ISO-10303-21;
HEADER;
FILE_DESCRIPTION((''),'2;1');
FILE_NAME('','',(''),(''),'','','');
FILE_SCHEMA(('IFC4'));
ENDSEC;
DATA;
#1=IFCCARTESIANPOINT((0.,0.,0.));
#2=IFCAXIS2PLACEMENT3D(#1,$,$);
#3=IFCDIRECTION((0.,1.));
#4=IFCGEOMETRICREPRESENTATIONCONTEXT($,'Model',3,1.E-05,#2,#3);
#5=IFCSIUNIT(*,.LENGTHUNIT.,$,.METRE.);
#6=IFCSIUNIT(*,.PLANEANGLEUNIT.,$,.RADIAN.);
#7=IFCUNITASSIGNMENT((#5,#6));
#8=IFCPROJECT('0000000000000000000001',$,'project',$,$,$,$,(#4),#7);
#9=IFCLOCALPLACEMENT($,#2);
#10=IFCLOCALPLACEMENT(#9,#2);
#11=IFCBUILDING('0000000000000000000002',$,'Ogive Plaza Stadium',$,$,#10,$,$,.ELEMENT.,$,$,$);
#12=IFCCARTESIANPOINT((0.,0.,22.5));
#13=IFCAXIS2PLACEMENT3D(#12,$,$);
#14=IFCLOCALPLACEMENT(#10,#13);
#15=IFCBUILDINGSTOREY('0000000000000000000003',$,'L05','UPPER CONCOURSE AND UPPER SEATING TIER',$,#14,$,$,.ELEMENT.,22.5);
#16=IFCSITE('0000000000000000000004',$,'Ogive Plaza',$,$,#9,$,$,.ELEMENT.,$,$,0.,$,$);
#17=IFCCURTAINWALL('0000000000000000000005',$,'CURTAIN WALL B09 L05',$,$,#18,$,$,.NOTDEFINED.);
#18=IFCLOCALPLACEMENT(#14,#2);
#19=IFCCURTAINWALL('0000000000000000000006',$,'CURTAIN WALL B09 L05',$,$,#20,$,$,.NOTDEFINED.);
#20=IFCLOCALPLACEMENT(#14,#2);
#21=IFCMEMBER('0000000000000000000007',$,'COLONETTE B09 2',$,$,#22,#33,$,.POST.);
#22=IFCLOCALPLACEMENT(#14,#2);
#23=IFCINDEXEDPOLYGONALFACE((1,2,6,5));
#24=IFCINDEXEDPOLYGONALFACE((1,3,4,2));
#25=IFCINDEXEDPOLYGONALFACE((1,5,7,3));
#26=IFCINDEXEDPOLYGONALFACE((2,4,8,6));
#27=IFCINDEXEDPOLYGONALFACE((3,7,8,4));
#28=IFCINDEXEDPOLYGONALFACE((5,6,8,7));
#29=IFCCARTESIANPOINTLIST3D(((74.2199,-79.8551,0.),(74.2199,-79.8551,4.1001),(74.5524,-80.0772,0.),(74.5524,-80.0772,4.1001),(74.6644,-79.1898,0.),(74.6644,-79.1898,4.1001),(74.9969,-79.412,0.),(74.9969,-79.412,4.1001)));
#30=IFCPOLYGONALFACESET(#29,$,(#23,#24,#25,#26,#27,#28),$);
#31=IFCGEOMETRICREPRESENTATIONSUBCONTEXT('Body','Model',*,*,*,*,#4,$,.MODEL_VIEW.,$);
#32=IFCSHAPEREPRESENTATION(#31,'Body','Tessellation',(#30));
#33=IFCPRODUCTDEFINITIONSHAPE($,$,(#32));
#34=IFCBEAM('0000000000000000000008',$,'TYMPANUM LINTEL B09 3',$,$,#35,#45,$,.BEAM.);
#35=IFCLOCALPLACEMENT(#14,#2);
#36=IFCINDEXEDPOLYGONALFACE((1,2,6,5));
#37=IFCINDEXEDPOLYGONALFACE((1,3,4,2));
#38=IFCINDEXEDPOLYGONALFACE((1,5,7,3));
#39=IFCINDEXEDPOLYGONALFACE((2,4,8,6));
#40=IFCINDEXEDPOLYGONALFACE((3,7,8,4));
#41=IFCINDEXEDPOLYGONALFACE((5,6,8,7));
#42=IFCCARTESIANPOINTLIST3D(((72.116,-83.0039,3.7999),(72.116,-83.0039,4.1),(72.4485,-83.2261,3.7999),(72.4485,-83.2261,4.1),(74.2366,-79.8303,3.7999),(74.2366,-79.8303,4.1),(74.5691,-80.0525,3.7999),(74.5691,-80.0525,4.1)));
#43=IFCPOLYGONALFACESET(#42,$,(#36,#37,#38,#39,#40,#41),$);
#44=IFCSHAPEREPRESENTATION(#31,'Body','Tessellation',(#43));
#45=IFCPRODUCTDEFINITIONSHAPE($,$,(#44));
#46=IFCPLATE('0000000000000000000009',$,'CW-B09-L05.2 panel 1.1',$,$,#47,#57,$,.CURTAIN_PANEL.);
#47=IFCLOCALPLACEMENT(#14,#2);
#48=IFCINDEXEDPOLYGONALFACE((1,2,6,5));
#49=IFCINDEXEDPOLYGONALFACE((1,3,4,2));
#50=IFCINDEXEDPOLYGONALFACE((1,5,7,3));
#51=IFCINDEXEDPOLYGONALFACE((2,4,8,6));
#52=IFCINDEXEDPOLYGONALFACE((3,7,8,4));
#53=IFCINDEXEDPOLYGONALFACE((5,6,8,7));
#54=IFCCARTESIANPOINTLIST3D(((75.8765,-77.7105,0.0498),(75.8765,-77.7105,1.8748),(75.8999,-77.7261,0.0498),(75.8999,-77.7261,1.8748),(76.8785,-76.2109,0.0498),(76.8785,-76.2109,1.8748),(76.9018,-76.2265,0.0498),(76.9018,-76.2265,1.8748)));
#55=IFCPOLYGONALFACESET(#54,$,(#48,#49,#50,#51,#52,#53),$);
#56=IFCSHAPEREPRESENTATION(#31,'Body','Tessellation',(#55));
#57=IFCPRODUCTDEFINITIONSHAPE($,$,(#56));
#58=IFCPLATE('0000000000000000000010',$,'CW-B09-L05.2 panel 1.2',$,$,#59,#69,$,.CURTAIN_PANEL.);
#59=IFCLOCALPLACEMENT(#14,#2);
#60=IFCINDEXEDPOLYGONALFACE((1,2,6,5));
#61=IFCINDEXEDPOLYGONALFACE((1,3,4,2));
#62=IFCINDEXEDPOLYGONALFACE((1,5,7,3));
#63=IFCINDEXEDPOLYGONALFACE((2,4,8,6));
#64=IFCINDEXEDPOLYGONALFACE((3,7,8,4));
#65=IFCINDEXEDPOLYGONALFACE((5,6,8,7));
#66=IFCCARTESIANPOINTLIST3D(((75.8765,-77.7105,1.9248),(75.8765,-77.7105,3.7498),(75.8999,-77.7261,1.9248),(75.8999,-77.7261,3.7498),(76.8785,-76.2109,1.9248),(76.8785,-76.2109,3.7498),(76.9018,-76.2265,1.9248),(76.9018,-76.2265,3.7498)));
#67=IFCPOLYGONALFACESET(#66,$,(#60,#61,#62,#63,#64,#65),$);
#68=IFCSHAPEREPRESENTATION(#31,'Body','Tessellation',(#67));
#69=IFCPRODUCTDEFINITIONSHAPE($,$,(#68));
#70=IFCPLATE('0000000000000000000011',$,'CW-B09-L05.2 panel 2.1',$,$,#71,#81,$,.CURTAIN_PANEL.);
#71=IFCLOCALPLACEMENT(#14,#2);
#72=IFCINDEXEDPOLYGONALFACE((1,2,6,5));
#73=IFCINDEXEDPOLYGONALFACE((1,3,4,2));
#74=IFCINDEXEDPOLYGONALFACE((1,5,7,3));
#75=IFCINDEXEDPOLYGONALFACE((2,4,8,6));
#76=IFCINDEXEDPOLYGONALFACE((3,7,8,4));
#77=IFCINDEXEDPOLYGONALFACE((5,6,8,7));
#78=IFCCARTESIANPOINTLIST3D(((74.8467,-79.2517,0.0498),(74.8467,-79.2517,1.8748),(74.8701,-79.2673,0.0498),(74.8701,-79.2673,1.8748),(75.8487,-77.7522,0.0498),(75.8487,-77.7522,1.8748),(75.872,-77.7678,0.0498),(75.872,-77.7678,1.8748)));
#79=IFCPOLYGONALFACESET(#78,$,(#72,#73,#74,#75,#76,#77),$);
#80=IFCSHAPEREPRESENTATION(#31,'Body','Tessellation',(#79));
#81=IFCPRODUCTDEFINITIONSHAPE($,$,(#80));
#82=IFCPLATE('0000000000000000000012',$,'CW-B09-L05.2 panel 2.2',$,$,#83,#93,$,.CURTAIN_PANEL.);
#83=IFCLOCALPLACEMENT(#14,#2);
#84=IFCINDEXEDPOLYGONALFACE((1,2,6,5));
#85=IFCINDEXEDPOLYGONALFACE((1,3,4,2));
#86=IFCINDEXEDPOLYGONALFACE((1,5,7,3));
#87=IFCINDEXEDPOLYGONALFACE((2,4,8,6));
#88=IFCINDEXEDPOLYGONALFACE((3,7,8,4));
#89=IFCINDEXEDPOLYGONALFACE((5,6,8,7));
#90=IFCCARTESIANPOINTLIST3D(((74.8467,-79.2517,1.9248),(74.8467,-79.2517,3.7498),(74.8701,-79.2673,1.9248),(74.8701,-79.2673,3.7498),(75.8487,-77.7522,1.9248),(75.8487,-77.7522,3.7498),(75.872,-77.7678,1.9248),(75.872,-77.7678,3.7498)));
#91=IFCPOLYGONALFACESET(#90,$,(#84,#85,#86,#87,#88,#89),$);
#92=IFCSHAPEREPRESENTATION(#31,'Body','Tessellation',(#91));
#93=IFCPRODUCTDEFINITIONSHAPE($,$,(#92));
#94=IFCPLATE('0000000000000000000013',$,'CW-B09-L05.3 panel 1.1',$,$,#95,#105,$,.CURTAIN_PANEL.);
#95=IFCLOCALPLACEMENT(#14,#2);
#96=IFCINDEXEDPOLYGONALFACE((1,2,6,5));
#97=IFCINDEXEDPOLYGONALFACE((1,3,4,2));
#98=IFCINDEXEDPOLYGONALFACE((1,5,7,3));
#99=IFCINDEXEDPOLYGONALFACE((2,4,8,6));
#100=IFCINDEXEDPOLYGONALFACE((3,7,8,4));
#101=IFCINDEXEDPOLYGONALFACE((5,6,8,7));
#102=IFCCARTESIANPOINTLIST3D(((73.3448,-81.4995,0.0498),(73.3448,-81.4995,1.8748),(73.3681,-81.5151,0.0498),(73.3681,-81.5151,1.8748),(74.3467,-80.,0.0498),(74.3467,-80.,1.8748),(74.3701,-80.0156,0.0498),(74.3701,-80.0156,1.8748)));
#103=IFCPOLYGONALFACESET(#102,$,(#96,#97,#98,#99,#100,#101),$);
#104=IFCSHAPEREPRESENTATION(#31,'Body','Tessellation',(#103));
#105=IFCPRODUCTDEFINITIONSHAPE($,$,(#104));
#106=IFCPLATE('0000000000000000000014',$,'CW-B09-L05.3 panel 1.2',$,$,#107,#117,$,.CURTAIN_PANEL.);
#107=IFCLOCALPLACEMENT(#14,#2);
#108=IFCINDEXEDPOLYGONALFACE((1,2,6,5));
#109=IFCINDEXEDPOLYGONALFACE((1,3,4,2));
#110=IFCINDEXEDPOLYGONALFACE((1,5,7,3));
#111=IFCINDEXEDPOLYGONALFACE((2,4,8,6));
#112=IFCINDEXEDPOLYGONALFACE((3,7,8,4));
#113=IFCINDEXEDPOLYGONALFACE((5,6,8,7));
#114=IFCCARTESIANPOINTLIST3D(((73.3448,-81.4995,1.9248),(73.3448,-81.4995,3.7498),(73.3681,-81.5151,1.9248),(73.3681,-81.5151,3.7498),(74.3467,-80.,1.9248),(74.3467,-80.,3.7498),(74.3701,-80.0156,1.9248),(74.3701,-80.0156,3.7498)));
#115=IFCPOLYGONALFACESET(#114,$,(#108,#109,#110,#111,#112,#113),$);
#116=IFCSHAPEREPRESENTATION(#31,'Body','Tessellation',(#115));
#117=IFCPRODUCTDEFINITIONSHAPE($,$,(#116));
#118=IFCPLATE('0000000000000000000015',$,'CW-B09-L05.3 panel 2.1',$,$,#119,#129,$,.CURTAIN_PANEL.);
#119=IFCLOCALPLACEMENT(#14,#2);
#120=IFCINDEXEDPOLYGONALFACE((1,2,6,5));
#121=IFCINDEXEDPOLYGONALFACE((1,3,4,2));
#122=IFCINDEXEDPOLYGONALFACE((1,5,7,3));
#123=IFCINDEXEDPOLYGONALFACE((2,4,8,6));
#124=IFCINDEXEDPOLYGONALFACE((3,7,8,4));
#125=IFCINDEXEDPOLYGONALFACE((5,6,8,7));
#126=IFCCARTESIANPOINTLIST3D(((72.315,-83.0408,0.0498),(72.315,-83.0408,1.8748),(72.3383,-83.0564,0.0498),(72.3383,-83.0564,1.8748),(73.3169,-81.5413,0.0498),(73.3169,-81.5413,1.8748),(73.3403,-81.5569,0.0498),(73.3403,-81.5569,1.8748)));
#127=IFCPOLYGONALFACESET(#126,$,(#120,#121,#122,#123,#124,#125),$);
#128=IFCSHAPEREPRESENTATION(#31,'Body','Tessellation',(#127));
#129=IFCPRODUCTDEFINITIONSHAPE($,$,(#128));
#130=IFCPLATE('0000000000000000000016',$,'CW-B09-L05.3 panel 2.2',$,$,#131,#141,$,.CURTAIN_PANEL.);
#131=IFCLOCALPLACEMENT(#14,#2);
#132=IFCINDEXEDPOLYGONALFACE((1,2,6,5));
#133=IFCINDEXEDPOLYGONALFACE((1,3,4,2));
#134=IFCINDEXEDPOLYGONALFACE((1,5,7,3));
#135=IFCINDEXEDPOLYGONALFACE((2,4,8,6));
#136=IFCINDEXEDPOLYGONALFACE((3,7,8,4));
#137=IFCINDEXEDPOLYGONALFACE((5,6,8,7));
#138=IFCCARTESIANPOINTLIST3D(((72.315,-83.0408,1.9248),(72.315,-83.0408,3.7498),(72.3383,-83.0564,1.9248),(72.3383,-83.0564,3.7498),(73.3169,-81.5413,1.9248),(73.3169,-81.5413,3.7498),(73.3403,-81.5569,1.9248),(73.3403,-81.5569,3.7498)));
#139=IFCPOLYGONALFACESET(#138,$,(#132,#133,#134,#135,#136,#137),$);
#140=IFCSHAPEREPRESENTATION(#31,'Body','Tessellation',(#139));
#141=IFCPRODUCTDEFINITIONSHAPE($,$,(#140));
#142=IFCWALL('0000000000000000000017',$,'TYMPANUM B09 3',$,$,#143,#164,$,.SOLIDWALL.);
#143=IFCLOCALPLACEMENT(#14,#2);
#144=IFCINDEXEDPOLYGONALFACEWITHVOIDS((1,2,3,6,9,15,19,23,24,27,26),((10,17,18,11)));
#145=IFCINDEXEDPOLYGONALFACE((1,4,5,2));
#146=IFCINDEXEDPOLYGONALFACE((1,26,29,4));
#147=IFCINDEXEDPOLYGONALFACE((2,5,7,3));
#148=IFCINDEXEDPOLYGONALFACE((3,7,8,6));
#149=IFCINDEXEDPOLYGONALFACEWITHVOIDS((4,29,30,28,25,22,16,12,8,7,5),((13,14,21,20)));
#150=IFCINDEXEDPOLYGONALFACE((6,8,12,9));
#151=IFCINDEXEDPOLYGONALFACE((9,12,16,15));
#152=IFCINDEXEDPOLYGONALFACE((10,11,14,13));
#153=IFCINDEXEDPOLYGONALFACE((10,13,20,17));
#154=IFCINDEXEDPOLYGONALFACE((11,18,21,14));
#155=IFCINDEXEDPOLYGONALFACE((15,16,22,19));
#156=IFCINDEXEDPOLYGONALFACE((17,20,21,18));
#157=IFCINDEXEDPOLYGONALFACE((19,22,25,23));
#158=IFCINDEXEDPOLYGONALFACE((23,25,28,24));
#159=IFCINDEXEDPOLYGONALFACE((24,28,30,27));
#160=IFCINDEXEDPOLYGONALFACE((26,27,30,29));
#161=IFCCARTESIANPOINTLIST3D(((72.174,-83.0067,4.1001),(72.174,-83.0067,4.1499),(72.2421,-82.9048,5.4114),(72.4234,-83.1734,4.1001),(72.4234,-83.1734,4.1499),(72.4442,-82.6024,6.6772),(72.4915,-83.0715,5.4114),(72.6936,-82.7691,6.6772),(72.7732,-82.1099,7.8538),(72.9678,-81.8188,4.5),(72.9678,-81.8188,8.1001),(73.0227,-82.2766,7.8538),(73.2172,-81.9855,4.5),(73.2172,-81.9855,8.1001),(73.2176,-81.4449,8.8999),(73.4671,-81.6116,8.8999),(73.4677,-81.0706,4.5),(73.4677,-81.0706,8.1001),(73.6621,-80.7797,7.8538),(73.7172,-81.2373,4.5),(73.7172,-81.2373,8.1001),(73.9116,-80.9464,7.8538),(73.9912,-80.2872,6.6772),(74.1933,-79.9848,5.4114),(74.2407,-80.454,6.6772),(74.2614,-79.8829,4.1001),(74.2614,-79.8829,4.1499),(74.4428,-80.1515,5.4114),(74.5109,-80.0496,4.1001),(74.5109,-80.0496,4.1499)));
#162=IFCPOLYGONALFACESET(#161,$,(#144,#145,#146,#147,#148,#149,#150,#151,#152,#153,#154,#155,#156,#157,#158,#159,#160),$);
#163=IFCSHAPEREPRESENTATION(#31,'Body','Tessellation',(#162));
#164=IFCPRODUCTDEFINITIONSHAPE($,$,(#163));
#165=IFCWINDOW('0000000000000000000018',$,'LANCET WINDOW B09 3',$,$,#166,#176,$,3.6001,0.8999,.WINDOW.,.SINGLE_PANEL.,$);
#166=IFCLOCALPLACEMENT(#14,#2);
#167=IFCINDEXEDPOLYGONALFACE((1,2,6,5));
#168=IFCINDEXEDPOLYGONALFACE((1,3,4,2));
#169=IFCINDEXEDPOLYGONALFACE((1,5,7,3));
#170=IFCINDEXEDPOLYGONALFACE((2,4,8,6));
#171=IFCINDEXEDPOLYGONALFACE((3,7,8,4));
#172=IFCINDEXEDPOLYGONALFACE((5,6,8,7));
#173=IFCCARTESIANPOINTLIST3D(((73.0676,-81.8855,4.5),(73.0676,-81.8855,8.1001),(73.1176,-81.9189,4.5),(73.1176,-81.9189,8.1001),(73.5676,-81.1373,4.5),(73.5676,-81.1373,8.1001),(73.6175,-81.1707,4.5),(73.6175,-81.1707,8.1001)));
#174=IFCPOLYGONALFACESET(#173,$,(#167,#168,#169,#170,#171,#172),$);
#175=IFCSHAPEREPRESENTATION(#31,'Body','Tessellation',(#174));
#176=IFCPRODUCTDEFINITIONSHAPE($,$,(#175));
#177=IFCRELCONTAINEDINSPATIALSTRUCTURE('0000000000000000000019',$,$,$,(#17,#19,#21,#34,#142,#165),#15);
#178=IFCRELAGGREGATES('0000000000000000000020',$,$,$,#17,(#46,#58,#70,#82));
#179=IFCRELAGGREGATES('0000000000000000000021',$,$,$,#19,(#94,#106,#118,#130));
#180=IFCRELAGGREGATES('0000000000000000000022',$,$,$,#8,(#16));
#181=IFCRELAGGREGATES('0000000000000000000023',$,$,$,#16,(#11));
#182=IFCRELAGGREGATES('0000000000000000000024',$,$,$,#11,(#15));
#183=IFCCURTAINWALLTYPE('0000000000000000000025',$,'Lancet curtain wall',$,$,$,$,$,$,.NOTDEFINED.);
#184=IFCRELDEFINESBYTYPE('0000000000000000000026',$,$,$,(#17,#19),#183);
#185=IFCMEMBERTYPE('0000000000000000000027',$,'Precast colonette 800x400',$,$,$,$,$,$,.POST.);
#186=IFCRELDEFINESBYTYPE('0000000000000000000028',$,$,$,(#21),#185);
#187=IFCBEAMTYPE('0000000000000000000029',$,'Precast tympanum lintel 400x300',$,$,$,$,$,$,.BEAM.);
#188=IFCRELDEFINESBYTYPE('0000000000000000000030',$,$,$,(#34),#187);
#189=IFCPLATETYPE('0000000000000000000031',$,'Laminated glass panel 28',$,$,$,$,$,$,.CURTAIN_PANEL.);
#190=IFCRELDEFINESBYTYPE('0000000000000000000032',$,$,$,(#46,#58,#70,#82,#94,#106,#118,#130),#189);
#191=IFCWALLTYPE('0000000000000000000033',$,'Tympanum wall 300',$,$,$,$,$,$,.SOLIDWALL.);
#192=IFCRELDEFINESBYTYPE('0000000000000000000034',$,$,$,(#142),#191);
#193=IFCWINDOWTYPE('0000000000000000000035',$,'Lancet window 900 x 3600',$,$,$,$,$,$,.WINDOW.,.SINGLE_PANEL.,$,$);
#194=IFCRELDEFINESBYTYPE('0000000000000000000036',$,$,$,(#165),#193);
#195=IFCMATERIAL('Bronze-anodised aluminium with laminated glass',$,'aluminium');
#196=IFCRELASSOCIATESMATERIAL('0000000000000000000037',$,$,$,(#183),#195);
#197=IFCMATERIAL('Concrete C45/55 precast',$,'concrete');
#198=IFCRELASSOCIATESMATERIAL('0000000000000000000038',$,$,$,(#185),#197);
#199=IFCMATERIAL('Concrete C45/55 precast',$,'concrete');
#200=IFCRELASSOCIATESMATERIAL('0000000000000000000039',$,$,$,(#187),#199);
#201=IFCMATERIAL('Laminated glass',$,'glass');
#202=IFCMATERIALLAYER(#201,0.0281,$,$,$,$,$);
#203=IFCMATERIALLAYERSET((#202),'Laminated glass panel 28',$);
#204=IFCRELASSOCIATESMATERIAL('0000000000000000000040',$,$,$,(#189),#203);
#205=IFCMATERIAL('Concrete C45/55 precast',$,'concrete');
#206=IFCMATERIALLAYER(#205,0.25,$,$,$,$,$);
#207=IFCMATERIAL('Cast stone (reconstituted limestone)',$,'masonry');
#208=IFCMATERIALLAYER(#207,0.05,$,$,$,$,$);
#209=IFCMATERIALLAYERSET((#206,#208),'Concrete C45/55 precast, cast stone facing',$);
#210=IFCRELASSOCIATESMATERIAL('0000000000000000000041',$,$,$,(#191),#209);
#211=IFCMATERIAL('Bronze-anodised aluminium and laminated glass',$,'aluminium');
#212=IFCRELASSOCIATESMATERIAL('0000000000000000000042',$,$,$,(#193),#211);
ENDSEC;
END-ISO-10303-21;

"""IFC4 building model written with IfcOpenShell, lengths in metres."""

from ifc_helpers import new_model, si_unit, direction, frame, frame_2d, origin, origin_2d, place, context, subcontext, project, spatial, polyline, rectangle, outline, extrude, material, layer, layer_set, material_profile, profile_set, type_object, element, fill, aggregate, save


model = new_model("IFC4")

# Units and contexts
model_context = context("Model", 3, precision=1e-05, world=origin(), true_north=direction((0.0, 1.0)))
body_context = subcontext(model_context, "Body", "Model", "MODEL_VIEW")
ifc_project = project(units=[si_unit("LENGTHUNIT", "METRE"), si_unit("PLANEANGLEUNIT", "RADIAN")], contexts=[model_context])

# Site, building, storey
site_placement = place(None, origin())
site = spatial("IfcSite", under=ifc_project, at=site_placement, Name="Ogive Plaza", CompositionType="ELEMENT", RefElevation=0.0)
building_placement = place(site_placement, origin())
building = spatial("IfcBuilding", under=site, at=building_placement, Name="Ogive Plaza Stadium", CompositionType="ELEMENT")
storey_placement = place(building_placement, frame((0.0, 0.0, 22.5)))
storey = spatial("IfcBuildingStorey", under=building, at=storey_placement, Name="L05", Description="UPPER CONCOURSE AND UPPER SEATING TIER", CompositionType="ELEMENT", Elevation=22.5)

# Curtain walls
ifc_material_1 = material(Name="Bronze-anodised aluminium with laminated glass", Category="aluminium")
curtain_wall_type = type_object("IfcCurtainWallType", Name="Lancet curtain wall", PredefinedType="NOTDEFINED", material=ifc_material_1)
curtain_wall_1_placement = place(storey_placement, origin())
curtain_wall_1 = element("IfcCurtainWall", 1, at=curtain_wall_1_placement, inside=storey, type_object=curtain_wall_type, Name="CURTAIN WALL B09 L05", PredefinedType="NOTDEFINED")
curtain_wall_2_placement = place(storey_placement, origin())
curtain_wall_2 = element("IfcCurtainWall", 2, at=curtain_wall_2_placement, inside=storey, type_object=curtain_wall_type, Name="CURTAIN WALL B09 L05", PredefinedType="NOTDEFINED")

# Member
ifc_material_2 = material(Name="Concrete C45/55 precast", Category="concrete")
ifc_material_profile_1 = material_profile(ifc_material_2, rectangle(XDim=0.3999, YDim=0.8, at=origin_2d()), Name="RC 400x800")
ifc_profile_set_1 = profile_set([ifc_material_profile_1], Name="Concrete C45/55 precast")
member_type_1 = type_object("IfcMemberType", Name="Precast colonette 800x400", PredefinedType="POST", material=ifc_profile_set_1)
member_1_placement = place(storey_placement, frame((74.6084, -79.6335, 0.0), z_axis=(0.0, 0.0, 1.0), x_axis=(0.83147, -0.55557, 0.0)))
element("IfcMember", 3, at=member_1_placement, inside=storey, type_object=member_type_1, Name="COLONETTE B09 2", PredefinedType="POST", context=body_context, shape_type="SweptSolid", body=[
    extrude(rectangle(XDim=0.3999, YDim=0.8, at=origin_2d()), origin(), (0.0, 0.0, 1.0), 4.1001),
])

# Beam
ifc_material_3 = material(Name="Concrete C45/55 precast", Category="concrete")
ifc_material_profile_2 = material_profile(ifc_material_3, rectangle(XDim=0.3999, YDim=0.3, at=origin_2d()), Name="RC 400x300")
ifc_profile_set_2 = profile_set([ifc_material_profile_2], Name="Concrete C45/55 precast")
beam_type = type_object("IfcBeamType", Name="Precast tympanum lintel 400x300", PredefinedType="BEAM", material=ifc_profile_set_2)
beam_placement = place(storey_placement, frame((74.4028, -79.9414, 3.95), z_axis=(-0.555586, -0.831459, 0.0), x_axis=(0.831459, -0.555586, 0.0)))
element("IfcBeam", 4, at=beam_placement, inside=storey, type_object=beam_type, Name="TYMPANUM LINTEL B09 3", PredefinedType="BEAM", context=body_context, shape_type="SweptSolid", body=[
    extrude(rectangle(XDim=0.3999, YDim=0.3, at=origin_2d()), origin(), (0.0, 0.0, 1.0), 3.8169),
])

# Plates
ifc_material_4 = material(Name="Laminated glass", Category="glass")
ifc_layer_1 = layer(ifc_material_4, 0.0281)
ifc_layer_set_1 = layer_set([ifc_layer_1], Name="Laminated glass panel 28")
plate_type = type_object("IfcPlateType", Name="Laminated glass panel 28", PredefinedType="CURTAIN_PANEL", material=ifc_layer_set_1)
plate_1_placement = place(storey_placement, frame((76.3892, -76.9685, 0.0498), z_axis=(0.0, 0.0, 1.0), x_axis=(-0.55557, -0.83147, 0.0)))
plate_1 = element("IfcPlate", 5, at=plate_1_placement, type_object=plate_type, Name="CW-B09-L05.2 panel 1.1", PredefinedType="CURTAIN_PANEL", context=body_context, shape_type="SweptSolid", body=[
    extrude(rectangle(XDim=1.8035, YDim=0.0281, at=origin_2d()), origin(), (0.0, 0.0, 1.0), 1.825),
])
plate_2_placement = place(storey_placement, frame((76.3892, -76.9685, 1.9248), z_axis=(0.0, 0.0, 1.0), x_axis=(-0.55557, -0.83147, 0.0)))
plate_2 = element("IfcPlate", 6, at=plate_2_placement, type_object=plate_type, Name="CW-B09-L05.2 panel 1.2", PredefinedType="CURTAIN_PANEL", context=body_context, shape_type="SweptSolid", body=[
    extrude(rectangle(XDim=1.8035, YDim=0.0281, at=origin_2d()), origin(), (0.0, 0.0, 1.0), 1.825),
])
plate_3_placement = place(storey_placement, frame((75.3594, -78.5098, 0.0498), z_axis=(0.0, 0.0, 1.0), x_axis=(-0.55557, -0.83147, 0.0)))
plate_3 = element("IfcPlate", 7, at=plate_3_placement, type_object=plate_type, Name="CW-B09-L05.2 panel 2.1", PredefinedType="CURTAIN_PANEL", context=body_context, shape_type="SweptSolid", body=[
    extrude(rectangle(XDim=1.8035, YDim=0.0281, at=origin_2d()), origin(), (0.0, 0.0, 1.0), 1.825),
])
plate_4_placement = place(storey_placement, frame((75.3594, -78.5098, 1.9248), z_axis=(0.0, 0.0, 1.0), x_axis=(-0.55557, -0.83147, 0.0)))
plate_4 = element("IfcPlate", 8, at=plate_4_placement, type_object=plate_type, Name="CW-B09-L05.2 panel 2.2", PredefinedType="CURTAIN_PANEL", context=body_context, shape_type="SweptSolid", body=[
    extrude(rectangle(XDim=1.8035, YDim=0.0281, at=origin_2d()), origin(), (0.0, 0.0, 1.0), 1.825),
])
aggregate(curtain_wall_1, [plate_1, plate_2, plate_3, plate_4])
plate_5_placement = place(storey_placement, frame((73.8574, -80.7576, 0.0498), z_axis=(0.0, 0.0, 1.0), x_axis=(-0.55557, -0.83147, 0.0)))
plate_5 = element("IfcPlate", 9, at=plate_5_placement, type_object=plate_type, Name="CW-B09-L05.3 panel 1.1", PredefinedType="CURTAIN_PANEL", context=body_context, shape_type="SweptSolid", body=[
    extrude(rectangle(XDim=1.8035, YDim=0.0281, at=origin_2d()), origin(), (0.0, 0.0, 1.0), 1.825),
])
plate_6_placement = place(storey_placement, frame((73.8574, -80.7576, 1.9248), z_axis=(0.0, 0.0, 1.0), x_axis=(-0.55557, -0.83147, 0.0)))
plate_6 = element("IfcPlate", 10, at=plate_6_placement, type_object=plate_type, Name="CW-B09-L05.3 panel 1.2", PredefinedType="CURTAIN_PANEL", context=body_context, shape_type="SweptSolid", body=[
    extrude(rectangle(XDim=1.8035, YDim=0.0281, at=origin_2d()), origin(), (0.0, 0.0, 1.0), 1.825),
])
plate_7_placement = place(storey_placement, frame((72.8276, -82.2988, 0.0498), z_axis=(0.0, 0.0, 1.0), x_axis=(-0.55557, -0.83147, 0.0)))
plate_7 = element("IfcPlate", 11, at=plate_7_placement, type_object=plate_type, Name="CW-B09-L05.3 panel 2.1", PredefinedType="CURTAIN_PANEL", context=body_context, shape_type="SweptSolid", body=[
    extrude(rectangle(XDim=1.8035, YDim=0.0281, at=origin_2d()), origin(), (0.0, 0.0, 1.0), 1.825),
])
plate_8_placement = place(storey_placement, frame((72.8276, -82.2988, 1.9248), z_axis=(0.0, 0.0, 1.0), x_axis=(-0.55557, -0.83147, 0.0)))
plate_8 = element("IfcPlate", 12, at=plate_8_placement, type_object=plate_type, Name="CW-B09-L05.3 panel 2.2", PredefinedType="CURTAIN_PANEL", context=body_context, shape_type="SweptSolid", body=[
    extrude(rectangle(XDim=1.8035, YDim=0.0281, at=origin_2d()), origin(), (0.0, 0.0, 1.0), 1.825),
])
aggregate(curtain_wall_2, [plate_5, plate_6, plate_7, plate_8])

# Wall, opening, window
ifc_material_5 = material(Name="Concrete C45/55 precast", Category="concrete")
ifc_layer_2 = layer(ifc_material_5, 0.25)
ifc_material_6 = material(Name="Cast stone (reconstituted limestone)", Category="masonry")
ifc_layer_3 = layer(ifc_material_6, 0.05)
ifc_layer_set_2 = layer_set([ifc_layer_2, ifc_layer_3], Name="Concrete C45/55 precast, cast stone facing")
wall_type = type_object("IfcWallType", Name="Tympanum wall 300", PredefinedType="SOLIDWALL", material=ifc_layer_set_2)
wall_placement = place(storey_placement, frame((74.3862, -79.9663, 4.1001), z_axis=(0.0, 0.0, 1.0), x_axis=(-0.5556, -0.83145, 0.0)))
wall = element("IfcWall", 13, at=wall_placement, inside=storey, type_object=wall_type, Name="TYMPANUM B09 3", PredefinedType="SOLIDWALL", context=body_context, shape_type="SweptSolid", body=[
    extrude(outline(polyline([(0.0, 0.0), (3.7571, 0.0), (3.7571, 0.0498), (3.6345, 1.3113), (3.2708, 2.5771), (2.6785, 3.7537), (1.8787, 4.7998), (1.0786, 3.7537), (0.4863, 2.5771), (0.1226, 1.3113), (0.0, 0.0498), (0.0, 0.0)])), frame((0.0, 0.1499, 0.0), z_axis=(0.0, -1.0, 0.0), x_axis=(1.0, 0.0, 0.0)), (0.0, 0.0, 1.0), 0.3),
])
opening_placement = place(wall_placement, frame((1.4285, 0.0, 0.3999)))
opening = element("IfcOpeningElement", 14, at=opening_placement, cuts=wall, PredefinedType="OPENING", context=body_context, shape_type="SweptSolid", body=[
    extrude(rectangle(XDim=0.8999, YDim=3.6001, at=frame_2d((0.45, 1.8))), frame((0.0, 0.1602, 0.0), z_axis=(0.0, -1.0, 0.0), x_axis=(1.0, 0.0, 0.0)), (0.0, 0.0, 1.0), 0.3201),
])
ifc_material_7 = material(Name="Bronze-anodised aluminium and laminated glass", Category="aluminium")
window_type = type_object("IfcWindowType", Name="Lancet window 900 x 3600", PartitioningType="SINGLE_PANEL", PredefinedType="WINDOW", material=ifc_material_7)
window_placement = place(opening_placement, origin())
window = element("IfcWindow", 15, at=window_placement, inside=storey, type_object=window_type, Name="LANCET WINDOW B09 3", OverallHeight=3.6001, OverallWidth=0.8999, PartitioningType="SINGLE_PANEL", PredefinedType="WINDOW", context=body_context, shape_type="SweptSolid", body=[
    extrude(rectangle(XDim=0.8999, YDim=3.6001, at=frame_2d((0.45, 1.8))), frame((0.0, 0.03, 0.0), z_axis=(0.0, -1.0, 0.0), x_axis=(1.0, 0.0, 0.0)), (0.0, 0.0, 1.0), 0.0601),
])
fill(opening, window)

save(model, "model.ifc")
